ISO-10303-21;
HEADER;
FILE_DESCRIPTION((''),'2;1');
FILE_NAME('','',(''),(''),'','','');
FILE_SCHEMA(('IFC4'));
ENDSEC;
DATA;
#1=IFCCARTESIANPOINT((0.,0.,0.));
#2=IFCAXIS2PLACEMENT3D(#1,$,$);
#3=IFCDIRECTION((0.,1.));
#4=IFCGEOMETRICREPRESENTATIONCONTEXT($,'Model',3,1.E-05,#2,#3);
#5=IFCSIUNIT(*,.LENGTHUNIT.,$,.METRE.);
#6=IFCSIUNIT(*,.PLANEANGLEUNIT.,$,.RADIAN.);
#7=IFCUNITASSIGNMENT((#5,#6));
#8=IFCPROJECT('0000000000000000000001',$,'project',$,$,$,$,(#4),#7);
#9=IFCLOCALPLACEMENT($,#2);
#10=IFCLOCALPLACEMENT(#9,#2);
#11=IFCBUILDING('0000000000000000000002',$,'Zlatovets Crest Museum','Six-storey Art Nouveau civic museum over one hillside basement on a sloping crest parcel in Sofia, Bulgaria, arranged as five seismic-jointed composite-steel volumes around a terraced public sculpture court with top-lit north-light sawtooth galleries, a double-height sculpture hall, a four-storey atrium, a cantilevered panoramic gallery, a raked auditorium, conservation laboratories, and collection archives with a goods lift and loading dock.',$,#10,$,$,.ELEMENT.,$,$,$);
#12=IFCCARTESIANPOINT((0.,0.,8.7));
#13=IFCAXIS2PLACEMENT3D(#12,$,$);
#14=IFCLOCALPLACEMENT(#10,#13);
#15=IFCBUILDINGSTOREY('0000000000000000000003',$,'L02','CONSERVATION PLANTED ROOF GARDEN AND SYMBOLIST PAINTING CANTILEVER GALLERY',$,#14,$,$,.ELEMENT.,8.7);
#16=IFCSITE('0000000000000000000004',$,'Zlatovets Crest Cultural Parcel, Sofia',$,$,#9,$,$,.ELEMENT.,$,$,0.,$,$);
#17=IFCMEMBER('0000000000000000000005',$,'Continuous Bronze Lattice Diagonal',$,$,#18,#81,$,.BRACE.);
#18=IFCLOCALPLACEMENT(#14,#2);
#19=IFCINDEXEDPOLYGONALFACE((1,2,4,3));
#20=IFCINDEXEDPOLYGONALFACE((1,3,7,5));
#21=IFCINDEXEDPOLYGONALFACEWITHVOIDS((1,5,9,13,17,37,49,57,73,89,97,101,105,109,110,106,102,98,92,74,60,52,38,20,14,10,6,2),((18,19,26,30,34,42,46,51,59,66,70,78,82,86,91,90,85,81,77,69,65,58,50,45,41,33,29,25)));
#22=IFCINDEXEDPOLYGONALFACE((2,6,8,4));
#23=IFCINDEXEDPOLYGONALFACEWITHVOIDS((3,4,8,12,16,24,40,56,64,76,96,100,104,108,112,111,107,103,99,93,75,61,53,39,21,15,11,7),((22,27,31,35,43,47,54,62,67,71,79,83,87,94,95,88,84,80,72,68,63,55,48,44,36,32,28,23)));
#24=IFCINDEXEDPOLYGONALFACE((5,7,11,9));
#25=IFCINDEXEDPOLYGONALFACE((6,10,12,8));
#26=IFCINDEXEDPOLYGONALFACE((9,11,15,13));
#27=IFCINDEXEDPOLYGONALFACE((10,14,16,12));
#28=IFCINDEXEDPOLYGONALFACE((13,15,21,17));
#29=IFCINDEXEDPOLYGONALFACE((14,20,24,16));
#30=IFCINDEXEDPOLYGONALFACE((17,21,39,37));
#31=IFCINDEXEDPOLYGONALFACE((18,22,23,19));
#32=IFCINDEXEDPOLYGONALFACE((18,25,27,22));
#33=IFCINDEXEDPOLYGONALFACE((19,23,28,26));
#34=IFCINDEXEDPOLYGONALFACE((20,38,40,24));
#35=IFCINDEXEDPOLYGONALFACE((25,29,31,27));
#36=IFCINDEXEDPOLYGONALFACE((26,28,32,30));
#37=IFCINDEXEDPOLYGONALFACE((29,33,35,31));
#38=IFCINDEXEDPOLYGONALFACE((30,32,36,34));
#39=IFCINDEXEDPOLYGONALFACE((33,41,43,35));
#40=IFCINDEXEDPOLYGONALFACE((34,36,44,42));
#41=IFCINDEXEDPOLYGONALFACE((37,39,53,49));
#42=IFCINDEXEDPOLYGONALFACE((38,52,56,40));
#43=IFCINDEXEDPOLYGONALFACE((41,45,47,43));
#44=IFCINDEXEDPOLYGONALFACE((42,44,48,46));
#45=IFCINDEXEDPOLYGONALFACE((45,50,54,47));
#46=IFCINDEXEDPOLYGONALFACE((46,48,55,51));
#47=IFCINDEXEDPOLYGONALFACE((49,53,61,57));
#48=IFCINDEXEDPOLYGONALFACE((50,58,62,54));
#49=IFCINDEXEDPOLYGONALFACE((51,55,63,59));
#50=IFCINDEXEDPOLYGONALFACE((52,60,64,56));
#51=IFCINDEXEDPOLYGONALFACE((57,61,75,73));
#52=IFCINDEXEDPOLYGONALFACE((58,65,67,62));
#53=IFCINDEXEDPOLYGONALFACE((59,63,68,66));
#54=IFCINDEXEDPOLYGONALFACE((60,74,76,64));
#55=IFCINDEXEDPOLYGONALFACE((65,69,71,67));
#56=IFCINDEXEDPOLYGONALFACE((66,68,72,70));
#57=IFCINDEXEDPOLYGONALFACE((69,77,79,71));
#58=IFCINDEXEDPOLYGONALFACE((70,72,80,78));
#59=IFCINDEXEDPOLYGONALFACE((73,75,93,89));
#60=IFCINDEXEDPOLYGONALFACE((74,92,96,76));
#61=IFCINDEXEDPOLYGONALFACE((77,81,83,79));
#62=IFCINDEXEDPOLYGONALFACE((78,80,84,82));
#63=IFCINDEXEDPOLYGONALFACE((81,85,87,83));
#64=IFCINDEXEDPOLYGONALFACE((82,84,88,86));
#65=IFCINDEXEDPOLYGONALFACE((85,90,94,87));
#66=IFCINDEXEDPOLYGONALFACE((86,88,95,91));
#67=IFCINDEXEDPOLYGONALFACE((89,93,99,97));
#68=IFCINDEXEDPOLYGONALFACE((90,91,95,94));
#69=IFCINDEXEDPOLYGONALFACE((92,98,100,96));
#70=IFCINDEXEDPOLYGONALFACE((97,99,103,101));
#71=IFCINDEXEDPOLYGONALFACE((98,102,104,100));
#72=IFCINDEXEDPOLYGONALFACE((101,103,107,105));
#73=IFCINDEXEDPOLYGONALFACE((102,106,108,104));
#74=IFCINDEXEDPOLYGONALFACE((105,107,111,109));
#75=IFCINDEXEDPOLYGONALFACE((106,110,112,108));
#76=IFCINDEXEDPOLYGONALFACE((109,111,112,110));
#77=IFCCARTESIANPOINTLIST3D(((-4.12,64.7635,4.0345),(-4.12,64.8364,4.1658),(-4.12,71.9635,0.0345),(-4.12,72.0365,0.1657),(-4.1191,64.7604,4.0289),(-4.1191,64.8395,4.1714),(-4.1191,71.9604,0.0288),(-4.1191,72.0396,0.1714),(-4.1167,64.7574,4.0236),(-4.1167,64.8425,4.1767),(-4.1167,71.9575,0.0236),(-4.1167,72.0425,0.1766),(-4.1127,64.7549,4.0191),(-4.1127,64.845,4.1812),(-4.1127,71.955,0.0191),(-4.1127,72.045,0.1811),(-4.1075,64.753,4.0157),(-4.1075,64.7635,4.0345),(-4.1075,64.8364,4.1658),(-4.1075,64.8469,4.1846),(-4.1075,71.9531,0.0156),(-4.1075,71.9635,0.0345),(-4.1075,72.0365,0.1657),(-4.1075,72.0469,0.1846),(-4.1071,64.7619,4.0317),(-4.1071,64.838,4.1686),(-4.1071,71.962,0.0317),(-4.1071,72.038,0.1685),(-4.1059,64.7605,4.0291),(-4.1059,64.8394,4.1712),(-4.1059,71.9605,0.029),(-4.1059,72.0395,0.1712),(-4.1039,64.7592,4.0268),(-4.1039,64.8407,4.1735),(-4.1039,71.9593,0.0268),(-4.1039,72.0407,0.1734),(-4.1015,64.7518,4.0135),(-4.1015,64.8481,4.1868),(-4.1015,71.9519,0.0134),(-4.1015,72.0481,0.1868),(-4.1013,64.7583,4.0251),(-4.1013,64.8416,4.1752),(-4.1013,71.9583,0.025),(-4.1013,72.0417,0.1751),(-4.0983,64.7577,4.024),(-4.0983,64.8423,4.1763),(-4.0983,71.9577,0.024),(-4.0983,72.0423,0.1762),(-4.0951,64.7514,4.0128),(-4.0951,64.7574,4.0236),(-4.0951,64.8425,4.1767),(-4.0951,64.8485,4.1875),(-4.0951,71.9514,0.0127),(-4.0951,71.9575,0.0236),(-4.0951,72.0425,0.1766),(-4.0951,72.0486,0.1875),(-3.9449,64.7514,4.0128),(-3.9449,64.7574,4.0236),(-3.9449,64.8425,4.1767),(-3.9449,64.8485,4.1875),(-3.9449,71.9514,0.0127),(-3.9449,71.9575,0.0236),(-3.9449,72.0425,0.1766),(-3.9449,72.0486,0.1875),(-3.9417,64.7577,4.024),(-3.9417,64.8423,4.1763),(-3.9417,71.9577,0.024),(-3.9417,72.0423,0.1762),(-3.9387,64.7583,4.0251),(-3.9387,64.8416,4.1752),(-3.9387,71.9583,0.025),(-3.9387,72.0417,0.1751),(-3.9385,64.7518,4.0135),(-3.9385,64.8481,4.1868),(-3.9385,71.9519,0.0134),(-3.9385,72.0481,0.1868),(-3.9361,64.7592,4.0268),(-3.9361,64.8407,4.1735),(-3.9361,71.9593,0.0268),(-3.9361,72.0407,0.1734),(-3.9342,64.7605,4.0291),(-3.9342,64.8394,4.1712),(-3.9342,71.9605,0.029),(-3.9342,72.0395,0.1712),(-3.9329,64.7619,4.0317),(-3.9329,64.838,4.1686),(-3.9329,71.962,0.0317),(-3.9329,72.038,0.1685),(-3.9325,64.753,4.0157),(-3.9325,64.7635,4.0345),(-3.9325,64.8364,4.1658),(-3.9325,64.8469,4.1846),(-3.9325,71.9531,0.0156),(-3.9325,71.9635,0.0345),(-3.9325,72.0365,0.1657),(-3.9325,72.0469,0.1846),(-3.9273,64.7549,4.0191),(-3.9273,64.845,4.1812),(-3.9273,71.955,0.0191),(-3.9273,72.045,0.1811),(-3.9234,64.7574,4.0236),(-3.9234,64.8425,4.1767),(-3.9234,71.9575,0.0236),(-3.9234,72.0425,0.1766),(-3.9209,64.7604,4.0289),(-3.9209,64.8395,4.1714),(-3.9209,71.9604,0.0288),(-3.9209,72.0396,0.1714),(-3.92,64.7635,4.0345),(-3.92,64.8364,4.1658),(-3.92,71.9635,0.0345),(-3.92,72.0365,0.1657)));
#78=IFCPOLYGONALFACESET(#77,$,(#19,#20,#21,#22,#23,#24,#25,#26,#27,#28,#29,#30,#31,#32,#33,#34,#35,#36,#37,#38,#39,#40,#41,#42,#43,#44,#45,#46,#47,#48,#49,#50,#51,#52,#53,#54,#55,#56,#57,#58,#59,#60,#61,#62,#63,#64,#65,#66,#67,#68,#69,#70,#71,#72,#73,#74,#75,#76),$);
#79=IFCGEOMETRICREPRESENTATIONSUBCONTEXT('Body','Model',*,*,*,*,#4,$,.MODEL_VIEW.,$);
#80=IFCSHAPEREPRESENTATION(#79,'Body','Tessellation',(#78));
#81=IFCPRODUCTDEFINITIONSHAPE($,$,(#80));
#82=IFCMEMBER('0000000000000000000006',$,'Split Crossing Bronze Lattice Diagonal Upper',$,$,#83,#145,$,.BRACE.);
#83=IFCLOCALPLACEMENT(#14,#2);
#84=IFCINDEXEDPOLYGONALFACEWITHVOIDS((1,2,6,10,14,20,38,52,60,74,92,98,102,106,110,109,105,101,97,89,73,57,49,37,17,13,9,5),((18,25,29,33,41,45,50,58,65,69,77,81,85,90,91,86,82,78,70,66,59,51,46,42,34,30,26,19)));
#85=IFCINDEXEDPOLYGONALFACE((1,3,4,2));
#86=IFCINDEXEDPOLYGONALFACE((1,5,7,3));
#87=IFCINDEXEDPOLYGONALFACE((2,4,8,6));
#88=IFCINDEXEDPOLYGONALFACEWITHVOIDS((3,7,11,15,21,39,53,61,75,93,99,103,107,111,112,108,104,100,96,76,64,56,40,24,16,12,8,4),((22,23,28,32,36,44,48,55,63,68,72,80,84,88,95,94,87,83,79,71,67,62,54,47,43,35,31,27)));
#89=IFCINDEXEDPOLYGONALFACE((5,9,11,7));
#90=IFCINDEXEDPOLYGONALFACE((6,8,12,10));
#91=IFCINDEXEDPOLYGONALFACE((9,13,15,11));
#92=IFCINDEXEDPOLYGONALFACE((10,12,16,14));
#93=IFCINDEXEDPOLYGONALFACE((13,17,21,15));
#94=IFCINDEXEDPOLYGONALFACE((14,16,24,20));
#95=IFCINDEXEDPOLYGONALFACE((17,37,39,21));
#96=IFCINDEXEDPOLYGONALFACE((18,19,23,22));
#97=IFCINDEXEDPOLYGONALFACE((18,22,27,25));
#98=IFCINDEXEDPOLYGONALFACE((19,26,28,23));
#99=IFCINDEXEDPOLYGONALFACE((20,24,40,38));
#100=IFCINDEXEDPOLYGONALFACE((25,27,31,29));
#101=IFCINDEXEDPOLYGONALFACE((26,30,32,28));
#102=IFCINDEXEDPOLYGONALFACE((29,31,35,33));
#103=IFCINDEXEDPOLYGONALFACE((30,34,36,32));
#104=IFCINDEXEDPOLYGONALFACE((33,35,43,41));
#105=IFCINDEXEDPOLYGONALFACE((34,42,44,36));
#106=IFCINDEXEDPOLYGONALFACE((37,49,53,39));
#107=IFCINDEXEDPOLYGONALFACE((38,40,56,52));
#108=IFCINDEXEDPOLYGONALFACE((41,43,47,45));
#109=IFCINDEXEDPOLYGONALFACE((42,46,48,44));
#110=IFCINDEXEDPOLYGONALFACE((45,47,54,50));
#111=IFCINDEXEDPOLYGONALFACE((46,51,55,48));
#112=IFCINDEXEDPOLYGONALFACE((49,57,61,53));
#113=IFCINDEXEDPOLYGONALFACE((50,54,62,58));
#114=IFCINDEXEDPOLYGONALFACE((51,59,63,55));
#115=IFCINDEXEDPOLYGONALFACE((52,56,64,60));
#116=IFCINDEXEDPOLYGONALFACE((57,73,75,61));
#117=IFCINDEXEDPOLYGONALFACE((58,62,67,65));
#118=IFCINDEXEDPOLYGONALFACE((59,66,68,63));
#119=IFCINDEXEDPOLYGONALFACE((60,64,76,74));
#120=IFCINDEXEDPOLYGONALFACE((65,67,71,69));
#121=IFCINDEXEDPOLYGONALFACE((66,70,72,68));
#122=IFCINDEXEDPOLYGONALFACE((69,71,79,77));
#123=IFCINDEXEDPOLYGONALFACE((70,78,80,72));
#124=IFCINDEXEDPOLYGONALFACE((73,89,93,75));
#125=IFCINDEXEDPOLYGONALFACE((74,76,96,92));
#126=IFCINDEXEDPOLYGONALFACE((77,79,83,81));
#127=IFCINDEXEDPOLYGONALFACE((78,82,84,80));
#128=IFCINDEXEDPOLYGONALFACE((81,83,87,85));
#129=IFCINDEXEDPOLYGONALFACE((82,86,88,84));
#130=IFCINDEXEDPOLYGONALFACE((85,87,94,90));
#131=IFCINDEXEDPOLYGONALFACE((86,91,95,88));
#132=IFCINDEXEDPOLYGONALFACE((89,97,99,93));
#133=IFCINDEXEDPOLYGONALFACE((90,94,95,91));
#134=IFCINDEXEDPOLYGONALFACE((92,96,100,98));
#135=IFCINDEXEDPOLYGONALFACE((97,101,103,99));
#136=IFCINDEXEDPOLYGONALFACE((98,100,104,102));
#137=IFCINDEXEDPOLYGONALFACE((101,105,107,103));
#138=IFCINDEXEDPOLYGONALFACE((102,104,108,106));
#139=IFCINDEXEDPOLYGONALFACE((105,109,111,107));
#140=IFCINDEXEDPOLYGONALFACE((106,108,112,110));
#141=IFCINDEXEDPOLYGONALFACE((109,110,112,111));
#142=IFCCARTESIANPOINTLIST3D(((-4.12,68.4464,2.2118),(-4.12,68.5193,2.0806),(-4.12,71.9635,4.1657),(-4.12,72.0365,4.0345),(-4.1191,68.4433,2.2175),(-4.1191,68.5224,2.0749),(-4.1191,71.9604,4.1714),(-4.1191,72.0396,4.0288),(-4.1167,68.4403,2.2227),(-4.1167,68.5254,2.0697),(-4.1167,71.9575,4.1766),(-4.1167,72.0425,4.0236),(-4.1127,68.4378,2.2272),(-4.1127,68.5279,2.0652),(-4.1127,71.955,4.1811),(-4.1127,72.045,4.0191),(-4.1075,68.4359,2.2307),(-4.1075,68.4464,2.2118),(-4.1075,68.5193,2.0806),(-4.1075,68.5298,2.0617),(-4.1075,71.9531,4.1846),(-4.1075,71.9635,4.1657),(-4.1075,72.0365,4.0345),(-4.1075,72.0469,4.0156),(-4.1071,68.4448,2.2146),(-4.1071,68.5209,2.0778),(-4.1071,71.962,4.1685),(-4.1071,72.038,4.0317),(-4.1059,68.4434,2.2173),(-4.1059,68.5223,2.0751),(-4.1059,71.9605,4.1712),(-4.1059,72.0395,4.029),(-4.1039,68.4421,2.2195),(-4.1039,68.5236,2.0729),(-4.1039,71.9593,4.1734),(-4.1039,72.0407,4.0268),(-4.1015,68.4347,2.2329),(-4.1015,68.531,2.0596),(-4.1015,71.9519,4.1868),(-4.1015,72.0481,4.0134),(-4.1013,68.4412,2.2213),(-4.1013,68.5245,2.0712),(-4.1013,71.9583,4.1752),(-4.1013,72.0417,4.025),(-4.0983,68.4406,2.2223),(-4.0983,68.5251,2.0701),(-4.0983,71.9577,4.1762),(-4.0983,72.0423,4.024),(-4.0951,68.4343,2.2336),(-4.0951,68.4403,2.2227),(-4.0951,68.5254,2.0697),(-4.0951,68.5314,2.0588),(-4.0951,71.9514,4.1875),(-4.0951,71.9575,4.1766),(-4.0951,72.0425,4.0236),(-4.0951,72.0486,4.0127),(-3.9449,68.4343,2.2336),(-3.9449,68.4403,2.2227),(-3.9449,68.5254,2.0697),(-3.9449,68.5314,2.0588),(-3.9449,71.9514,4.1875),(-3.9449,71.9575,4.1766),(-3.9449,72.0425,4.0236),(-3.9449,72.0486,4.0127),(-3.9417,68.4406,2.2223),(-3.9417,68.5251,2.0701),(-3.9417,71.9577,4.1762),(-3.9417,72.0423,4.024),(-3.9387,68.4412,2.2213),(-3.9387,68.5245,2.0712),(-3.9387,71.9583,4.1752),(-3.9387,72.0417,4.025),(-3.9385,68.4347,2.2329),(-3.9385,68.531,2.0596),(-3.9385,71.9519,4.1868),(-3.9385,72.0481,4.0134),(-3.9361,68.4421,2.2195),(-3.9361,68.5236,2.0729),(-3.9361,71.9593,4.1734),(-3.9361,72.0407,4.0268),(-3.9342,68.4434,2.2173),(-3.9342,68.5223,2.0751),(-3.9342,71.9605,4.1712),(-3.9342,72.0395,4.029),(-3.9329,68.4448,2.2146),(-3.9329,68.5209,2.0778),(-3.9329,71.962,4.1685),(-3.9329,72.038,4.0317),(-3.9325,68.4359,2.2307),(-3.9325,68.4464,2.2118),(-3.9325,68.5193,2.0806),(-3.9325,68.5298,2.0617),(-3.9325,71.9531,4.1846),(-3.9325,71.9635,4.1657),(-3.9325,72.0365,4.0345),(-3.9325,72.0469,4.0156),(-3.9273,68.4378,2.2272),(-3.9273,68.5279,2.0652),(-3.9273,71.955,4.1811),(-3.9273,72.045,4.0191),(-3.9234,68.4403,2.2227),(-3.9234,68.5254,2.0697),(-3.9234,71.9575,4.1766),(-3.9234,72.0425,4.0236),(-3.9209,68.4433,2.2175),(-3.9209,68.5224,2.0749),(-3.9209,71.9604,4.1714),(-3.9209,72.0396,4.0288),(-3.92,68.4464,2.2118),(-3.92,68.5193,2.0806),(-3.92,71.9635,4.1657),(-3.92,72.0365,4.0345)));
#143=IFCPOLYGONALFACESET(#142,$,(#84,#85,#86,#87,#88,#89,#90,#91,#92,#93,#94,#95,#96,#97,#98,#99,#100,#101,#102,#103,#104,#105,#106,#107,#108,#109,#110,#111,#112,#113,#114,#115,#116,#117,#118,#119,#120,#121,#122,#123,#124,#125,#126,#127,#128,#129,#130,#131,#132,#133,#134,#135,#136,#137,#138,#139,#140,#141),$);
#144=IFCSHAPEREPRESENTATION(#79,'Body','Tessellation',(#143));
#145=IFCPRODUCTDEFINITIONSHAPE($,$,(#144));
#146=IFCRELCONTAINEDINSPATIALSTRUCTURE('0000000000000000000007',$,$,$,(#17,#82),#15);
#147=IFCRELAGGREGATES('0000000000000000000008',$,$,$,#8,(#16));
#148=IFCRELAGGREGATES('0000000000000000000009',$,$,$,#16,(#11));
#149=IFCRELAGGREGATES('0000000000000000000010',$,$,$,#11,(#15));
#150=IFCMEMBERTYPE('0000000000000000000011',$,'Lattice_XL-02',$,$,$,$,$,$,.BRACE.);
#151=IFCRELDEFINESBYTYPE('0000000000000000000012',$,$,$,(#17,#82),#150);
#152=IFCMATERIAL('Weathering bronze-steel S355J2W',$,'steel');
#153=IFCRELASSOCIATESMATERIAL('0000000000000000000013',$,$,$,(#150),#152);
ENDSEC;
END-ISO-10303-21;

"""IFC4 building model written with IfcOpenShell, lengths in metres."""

from ifc_helpers import new_model, si_unit, direction, frame, origin, origin_2d, place, context, subcontext, project, spatial, hollow_rectangle, extrude, material, material_profile, profile_set, type_object, element, save


model = new_model("IFC4")

# Units and contexts
model_context = context("Model", 3, precision=1e-05, world=origin(), true_north=direction((0.0, 1.0)))
body_context = subcontext(model_context, "Body", "Model", "MODEL_VIEW")
ifc_project = project(units=[si_unit("LENGTHUNIT", "METRE"), si_unit("PLANEANGLEUNIT", "RADIAN")], contexts=[model_context])

# Site, building, storey
site_placement = place(None, origin())
site = spatial("IfcSite", under=ifc_project, at=site_placement, Name="Zlatovets Crest Cultural Parcel, Sofia", CompositionType="ELEMENT", RefElevation=0.0)
building_placement = place(site_placement, origin())
building = spatial("IfcBuilding", under=site, at=building_placement, Name="Zlatovets Crest Museum", Description="Six-storey Art Nouveau civic museum over one hillside basement on a sloping crest parcel in Sofia, Bulgaria, arranged as five seismic-jointed composite-steel volumes around a terraced public sculpture court with top-lit north-light sawtooth galleries, a double-height sculpture hall, a four-storey atrium, a cantilevered panoramic gallery, a raked auditorium, conservation laboratories, and collection archives with a goods lift and loading dock.", CompositionType="ELEMENT")
storey_placement = place(building_placement, frame((0.0, 0.0, 8.7)))
storey = spatial("IfcBuildingStorey", under=building, at=storey_placement, Name="L02", Description="CONSERVATION PLANTED ROOF GARDEN AND SYMBOLIST PAINTING CANTILEVER GALLERY", CompositionType="ELEMENT", Elevation=8.7)

# Members
ifc_material_1 = material(Name="Weathering bronze-steel S355J2W", Category="steel")
ifc_material_profile_1 = material_profile(ifc_material_1, hollow_rectangle(XDim=0.2, YDim=0.2, WallThickness=0.0125, InnerFilletRadius=0.0125, OuterFilletRadius=0.0249, at=origin_2d()), Name="SHS 200x200x12.5")
ifc_profile_set_1 = profile_set([ifc_material_profile_1], Name="Weathering bronze-steel S355J2W")
member_type_1 = type_object("IfcMemberType", Name="Lattice_XL-02", PredefinedType="BRACE", material=ifc_profile_set_1)
member_1_placement = place(storey_placement, frame((-4.02, 72.0, 0.1001), z_axis=(0.0, -0.874156, 0.485645), x_axis=(1.0, 0.0, 0.0)))
element("IfcMember", 1, at=member_1_placement, inside=storey, type_object=member_type_1, Name="Continuous Bronze Lattice Diagonal", PredefinedType="BRACE", context=body_context, shape_type="SweptSolid", body=[
    extrude(hollow_rectangle(XDim=0.2, YDim=0.2, WallThickness=0.0125, InnerFilletRadius=0.0125, OuterFilletRadius=0.0249, at=origin_2d()), origin(), (0.0, 0.0, 1.0), 8.2366),
])
member_2_placement = place(storey_placement, frame((-4.02, 72.0, 4.1001), z_axis=(0.0, -0.874166, -0.485627), x_axis=(1.0, 0.0, 0.0)))
element("IfcMember", 2, at=member_2_placement, inside=storey, type_object=member_type_1, Name="Split Crossing Bronze Lattice Diagonal Upper", PredefinedType="BRACE", context=body_context, shape_type="SweptSolid", body=[
    extrude(hollow_rectangle(XDim=0.2, YDim=0.2, WallThickness=0.0125, InnerFilletRadius=0.0125, OuterFilletRadius=0.0249, at=origin_2d()), origin(), (0.0, 0.0, 1.0), 4.0234),
])

save(model, "model.ifc")
